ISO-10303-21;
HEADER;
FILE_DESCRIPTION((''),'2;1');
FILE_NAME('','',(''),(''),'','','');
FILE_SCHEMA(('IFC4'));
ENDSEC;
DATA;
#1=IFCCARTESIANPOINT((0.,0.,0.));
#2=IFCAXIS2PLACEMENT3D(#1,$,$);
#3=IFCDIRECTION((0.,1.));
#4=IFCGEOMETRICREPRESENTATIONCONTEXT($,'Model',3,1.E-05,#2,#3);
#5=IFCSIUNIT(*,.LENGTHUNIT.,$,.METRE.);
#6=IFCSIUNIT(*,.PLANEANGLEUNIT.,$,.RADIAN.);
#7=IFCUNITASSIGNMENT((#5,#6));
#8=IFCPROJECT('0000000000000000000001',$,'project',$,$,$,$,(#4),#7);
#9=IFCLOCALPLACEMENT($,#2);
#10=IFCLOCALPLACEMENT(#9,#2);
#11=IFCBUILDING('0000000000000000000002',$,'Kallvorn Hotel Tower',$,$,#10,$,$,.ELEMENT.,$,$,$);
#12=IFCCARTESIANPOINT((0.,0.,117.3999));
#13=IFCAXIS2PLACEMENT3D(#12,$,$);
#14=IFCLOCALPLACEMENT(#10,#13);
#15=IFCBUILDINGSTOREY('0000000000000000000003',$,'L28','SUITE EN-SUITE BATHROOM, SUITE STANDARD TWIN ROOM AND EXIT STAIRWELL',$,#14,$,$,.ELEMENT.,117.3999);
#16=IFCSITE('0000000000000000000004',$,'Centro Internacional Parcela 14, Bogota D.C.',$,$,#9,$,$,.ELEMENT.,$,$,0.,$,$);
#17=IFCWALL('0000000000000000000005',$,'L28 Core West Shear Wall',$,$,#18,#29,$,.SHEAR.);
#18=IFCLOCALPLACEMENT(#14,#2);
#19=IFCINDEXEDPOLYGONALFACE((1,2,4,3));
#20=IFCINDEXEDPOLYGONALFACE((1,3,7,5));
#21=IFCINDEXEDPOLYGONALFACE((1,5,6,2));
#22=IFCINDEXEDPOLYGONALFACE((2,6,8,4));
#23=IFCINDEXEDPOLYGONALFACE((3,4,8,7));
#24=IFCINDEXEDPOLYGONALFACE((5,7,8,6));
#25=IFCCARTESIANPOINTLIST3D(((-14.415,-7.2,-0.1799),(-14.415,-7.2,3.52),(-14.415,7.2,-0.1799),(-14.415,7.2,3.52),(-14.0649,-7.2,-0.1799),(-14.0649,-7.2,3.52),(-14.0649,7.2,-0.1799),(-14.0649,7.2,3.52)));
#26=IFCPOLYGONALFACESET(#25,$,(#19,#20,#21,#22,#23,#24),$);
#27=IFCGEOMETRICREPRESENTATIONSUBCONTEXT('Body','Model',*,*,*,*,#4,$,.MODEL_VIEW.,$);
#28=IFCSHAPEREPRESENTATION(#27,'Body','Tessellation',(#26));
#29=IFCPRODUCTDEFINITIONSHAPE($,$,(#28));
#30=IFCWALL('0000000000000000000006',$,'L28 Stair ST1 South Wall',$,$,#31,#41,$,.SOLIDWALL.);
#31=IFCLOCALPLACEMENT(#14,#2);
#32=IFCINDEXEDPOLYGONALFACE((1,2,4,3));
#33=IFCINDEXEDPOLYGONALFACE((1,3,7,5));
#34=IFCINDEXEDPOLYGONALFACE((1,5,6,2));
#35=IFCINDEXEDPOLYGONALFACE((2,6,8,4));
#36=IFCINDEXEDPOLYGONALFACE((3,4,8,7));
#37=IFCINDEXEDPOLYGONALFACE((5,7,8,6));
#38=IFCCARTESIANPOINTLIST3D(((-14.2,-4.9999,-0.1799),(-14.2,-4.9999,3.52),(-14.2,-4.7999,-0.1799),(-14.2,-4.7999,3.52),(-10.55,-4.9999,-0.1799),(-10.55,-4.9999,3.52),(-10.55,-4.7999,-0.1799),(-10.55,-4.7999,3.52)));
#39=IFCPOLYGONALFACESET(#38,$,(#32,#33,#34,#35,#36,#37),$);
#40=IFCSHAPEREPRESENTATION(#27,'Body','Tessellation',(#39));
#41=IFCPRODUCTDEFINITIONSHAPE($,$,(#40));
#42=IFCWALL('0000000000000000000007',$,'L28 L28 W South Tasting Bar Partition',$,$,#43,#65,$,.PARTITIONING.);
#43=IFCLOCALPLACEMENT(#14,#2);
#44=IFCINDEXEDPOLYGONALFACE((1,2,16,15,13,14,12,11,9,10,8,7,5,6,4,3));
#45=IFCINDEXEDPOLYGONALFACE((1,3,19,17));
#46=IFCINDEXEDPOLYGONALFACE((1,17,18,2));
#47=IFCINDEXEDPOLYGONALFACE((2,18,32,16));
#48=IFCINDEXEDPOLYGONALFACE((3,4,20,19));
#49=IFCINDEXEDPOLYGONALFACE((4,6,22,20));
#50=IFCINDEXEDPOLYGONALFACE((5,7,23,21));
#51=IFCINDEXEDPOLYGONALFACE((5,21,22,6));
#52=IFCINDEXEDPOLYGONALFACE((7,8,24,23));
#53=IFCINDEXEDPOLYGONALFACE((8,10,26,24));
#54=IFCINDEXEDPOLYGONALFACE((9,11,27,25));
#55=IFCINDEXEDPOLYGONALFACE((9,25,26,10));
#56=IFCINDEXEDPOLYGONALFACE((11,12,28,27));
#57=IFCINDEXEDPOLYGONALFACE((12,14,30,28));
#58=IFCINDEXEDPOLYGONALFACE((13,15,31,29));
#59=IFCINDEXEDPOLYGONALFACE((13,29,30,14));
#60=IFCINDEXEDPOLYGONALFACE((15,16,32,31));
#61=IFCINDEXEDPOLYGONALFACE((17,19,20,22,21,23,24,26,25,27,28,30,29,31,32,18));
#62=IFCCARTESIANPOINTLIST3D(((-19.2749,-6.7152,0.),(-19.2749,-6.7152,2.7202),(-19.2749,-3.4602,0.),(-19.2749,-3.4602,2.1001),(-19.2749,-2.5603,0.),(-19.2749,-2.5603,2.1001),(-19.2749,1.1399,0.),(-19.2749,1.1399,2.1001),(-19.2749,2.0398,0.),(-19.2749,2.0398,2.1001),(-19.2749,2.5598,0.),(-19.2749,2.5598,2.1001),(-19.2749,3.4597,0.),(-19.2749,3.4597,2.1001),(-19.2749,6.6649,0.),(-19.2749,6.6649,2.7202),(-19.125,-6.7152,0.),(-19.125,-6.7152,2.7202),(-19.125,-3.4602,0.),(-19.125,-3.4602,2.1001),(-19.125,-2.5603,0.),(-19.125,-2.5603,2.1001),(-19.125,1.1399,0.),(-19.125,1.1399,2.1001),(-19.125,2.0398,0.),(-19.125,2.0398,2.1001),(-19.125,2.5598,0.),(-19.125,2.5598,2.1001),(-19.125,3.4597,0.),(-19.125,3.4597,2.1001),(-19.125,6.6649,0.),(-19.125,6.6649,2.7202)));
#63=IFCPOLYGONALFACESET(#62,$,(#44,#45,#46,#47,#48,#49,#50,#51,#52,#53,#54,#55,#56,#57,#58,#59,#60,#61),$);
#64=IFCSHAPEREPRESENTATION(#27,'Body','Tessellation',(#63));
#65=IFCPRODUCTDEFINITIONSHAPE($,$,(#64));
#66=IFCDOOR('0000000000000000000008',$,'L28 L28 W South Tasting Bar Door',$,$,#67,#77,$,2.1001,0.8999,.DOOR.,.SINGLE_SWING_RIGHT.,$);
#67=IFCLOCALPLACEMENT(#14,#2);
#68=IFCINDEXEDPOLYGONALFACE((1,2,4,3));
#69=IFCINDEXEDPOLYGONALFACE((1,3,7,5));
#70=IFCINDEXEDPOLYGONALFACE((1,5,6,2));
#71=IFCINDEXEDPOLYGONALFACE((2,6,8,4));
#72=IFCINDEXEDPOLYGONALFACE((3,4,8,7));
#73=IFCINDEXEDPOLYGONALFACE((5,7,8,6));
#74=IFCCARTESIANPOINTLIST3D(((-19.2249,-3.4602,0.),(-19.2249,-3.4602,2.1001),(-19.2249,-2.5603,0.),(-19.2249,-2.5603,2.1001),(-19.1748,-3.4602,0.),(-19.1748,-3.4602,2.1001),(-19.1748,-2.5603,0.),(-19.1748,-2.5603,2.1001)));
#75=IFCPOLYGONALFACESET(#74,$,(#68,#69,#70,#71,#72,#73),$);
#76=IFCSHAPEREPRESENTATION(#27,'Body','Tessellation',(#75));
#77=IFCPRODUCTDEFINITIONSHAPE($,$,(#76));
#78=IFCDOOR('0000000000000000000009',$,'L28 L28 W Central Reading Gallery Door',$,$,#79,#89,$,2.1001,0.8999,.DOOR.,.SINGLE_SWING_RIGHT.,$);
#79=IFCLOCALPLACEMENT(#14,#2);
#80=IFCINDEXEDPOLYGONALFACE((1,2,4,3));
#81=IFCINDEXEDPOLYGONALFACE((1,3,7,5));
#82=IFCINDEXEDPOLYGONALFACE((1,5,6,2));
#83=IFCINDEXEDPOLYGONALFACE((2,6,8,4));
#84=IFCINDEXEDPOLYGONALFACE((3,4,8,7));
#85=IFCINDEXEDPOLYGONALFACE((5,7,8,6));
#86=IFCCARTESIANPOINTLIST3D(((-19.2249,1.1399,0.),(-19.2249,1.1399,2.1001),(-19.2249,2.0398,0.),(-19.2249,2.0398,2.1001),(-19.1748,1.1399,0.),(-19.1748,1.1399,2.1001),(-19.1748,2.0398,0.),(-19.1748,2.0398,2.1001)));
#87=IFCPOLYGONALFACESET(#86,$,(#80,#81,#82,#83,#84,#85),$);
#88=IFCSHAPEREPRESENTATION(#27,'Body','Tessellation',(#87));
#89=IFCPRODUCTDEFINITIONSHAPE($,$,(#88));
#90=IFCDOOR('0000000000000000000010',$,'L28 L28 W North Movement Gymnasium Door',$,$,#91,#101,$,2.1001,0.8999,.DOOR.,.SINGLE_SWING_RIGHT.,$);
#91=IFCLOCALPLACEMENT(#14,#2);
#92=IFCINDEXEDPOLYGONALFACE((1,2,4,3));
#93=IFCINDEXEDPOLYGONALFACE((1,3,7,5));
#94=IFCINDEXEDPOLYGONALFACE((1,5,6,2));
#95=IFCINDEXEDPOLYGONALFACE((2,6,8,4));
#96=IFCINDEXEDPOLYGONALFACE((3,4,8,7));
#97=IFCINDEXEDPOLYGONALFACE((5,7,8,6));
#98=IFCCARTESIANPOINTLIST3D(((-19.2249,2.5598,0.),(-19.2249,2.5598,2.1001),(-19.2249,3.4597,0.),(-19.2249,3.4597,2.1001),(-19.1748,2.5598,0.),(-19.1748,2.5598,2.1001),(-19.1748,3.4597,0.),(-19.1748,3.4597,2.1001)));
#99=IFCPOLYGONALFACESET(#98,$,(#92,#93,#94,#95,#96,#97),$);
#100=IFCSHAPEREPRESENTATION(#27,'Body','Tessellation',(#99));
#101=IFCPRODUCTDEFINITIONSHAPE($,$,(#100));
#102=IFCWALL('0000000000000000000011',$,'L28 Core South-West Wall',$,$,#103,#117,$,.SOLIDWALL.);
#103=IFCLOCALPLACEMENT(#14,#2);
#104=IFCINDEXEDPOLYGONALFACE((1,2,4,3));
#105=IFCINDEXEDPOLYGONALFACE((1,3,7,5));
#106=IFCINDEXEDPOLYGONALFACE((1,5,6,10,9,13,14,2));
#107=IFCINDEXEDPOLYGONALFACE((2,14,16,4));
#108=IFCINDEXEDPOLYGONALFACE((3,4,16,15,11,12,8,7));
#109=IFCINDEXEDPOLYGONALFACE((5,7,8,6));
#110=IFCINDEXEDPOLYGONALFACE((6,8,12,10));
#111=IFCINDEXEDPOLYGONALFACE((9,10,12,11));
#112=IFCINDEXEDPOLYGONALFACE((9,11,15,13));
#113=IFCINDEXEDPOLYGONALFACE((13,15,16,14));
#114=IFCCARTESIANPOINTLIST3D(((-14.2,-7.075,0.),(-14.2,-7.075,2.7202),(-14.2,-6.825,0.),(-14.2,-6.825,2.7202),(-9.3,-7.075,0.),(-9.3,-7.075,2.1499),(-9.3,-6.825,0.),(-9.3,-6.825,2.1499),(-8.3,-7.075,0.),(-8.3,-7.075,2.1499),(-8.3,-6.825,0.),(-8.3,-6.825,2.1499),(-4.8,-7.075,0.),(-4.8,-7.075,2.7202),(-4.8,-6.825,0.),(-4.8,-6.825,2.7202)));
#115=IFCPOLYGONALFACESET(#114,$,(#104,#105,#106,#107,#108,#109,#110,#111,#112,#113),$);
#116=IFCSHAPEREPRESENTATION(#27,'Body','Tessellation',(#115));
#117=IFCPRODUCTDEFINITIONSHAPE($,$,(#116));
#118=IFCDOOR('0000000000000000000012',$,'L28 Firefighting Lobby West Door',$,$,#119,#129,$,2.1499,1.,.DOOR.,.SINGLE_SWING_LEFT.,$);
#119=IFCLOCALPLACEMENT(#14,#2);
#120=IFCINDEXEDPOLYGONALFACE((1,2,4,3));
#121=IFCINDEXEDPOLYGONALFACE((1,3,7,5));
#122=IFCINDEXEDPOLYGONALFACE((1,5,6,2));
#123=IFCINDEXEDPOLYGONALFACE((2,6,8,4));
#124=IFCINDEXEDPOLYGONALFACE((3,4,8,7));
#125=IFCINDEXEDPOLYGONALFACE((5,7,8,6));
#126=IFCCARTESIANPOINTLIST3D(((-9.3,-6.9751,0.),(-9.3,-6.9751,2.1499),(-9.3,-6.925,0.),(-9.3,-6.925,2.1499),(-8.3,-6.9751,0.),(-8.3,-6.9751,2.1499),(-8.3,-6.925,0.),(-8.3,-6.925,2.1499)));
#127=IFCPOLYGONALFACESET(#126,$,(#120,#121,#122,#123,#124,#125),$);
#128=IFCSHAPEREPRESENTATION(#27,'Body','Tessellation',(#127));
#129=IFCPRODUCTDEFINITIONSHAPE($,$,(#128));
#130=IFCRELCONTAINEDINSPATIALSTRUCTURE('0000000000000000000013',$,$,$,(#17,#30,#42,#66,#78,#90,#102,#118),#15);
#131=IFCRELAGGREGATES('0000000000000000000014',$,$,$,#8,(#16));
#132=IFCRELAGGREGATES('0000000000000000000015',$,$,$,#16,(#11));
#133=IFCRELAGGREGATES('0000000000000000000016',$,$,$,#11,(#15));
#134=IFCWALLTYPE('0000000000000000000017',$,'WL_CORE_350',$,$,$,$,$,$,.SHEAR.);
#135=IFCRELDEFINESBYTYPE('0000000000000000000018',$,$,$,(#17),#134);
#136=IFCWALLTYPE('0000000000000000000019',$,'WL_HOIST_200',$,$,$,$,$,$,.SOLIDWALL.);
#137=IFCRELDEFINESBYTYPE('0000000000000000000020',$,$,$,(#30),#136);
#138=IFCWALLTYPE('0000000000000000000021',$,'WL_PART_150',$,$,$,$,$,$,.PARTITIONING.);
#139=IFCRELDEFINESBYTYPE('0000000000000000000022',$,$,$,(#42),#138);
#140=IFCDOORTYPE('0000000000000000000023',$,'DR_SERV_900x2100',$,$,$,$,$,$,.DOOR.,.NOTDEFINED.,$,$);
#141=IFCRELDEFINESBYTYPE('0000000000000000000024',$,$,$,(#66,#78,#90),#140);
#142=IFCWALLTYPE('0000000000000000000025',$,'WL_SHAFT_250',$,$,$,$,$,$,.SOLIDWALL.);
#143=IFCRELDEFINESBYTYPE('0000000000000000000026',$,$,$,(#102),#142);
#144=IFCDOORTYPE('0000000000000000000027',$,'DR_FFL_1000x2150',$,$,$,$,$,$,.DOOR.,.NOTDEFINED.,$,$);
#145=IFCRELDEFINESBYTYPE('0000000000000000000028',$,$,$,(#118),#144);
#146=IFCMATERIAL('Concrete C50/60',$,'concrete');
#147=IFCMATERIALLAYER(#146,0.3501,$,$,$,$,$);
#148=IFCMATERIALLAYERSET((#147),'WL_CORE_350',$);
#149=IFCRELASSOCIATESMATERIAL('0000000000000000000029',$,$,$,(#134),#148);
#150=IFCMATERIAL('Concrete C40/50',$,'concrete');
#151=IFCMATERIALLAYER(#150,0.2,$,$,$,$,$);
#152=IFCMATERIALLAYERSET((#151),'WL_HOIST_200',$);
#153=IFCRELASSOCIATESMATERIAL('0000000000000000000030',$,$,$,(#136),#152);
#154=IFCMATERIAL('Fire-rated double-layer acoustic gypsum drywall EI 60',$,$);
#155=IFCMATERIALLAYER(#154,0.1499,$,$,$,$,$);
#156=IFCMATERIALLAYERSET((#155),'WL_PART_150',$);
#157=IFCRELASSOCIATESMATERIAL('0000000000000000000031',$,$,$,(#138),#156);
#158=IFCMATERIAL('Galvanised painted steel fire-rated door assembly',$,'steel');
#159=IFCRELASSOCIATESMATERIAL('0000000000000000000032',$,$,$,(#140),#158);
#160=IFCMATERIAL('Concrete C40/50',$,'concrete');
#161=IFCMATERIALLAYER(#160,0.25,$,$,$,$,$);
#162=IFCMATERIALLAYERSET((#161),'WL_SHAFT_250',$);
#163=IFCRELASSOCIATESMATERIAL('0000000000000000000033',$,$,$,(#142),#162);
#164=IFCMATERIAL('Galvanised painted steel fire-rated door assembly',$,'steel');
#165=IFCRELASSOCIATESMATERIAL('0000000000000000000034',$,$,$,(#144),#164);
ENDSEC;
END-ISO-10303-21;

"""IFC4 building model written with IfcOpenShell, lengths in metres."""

from ifc_helpers import new_model, si_unit, direction, frame, frame_2d, origin, place, context, subcontext, project, spatial, rectangle, extrude, material, layer, layer_set, type_object, element, fill, save


model = new_model("IFC4")

# Units and contexts
model_context = context("Model", 3, precision=1e-05, world=origin(), true_north=direction((0.0, 1.0)))
body_context = subcontext(model_context, "Body", "Model", "MODEL_VIEW")
ifc_project = project(units=[si_unit("LENGTHUNIT", "METRE"), si_unit("PLANEANGLEUNIT", "RADIAN")], contexts=[model_context])

# Site, building, storey
site_placement = place(None, origin())
site = spatial("IfcSite", under=ifc_project, at=site_placement, Name="Centro Internacional Parcela 14, Bogota D.C.", CompositionType="ELEMENT", RefElevation=0.0)
building_placement = place(site_placement, origin())
building = spatial("IfcBuilding", under=site, at=building_placement, Name="Kallvorn Hotel Tower", CompositionType="ELEMENT")
storey_placement = place(building_placement, frame((0.0, 0.0, 117.3999)))
storey = spatial("IfcBuildingStorey", under=building, at=storey_placement, Name="L28", Description="SUITE EN-SUITE BATHROOM, SUITE STANDARD TWIN ROOM AND EXIT STAIRWELL", CompositionType="ELEMENT", Elevation=117.3999)

# Walls
ifc_material_1 = material(Name="Concrete C50/60", Category="concrete")
ifc_layer_1 = layer(ifc_material_1, 0.3501)
ifc_layer_set_1 = layer_set([ifc_layer_1], Name="WL_CORE_350")
wall_type_1 = type_object("IfcWallType", Name="WL_CORE_350", PredefinedType="SHEAR", material=ifc_layer_set_1)
wall_1_placement = place(storey_placement, frame((-14.24, -7.2, -0.1799), z_axis=(0.0, 0.0, 1.0), x_axis=(0.0, 1.0, 0.0)))
element("IfcWall", 1, at=wall_1_placement, inside=storey, type_object=wall_type_1, Name="L28 Core West Shear Wall", PredefinedType="SHEAR", context=body_context, shape_type="SweptSolid", body=[
    extrude(rectangle(XDim=14.3999, YDim=0.3501, at=frame_2d((7.2, 0.0))), origin(), (0.0, 0.0, 1.0), 3.7),
])
ifc_material_2 = material(Name="Concrete C40/50", Category="concrete")
ifc_layer_2 = layer(ifc_material_2, 0.2)
ifc_layer_set_2 = layer_set([ifc_layer_2], Name="WL_HOIST_200")
wall_type_2 = type_object("IfcWallType", Name="WL_HOIST_200", PredefinedType="SOLIDWALL", material=ifc_layer_set_2)
wall_2_placement = place(storey_placement, frame((-14.2, -4.8999, -0.1799), z_axis=(0.0, 0.0, 1.0), x_axis=(1.0, 0.0, 0.0)))
element("IfcWall", 2, at=wall_2_placement, inside=storey, type_object=wall_type_2, Name="L28 Stair ST1 South Wall", PredefinedType="SOLIDWALL", context=body_context, shape_type="SweptSolid", body=[
    extrude(rectangle(XDim=3.6499, YDim=0.2, at=frame_2d((1.825, 0.0))), origin(), (0.0, 0.0, 1.0), 3.7),
])

# Wall, openings, doors
ifc_material_3 = material(Name="Fire-rated double-layer acoustic gypsum drywall EI 60")
ifc_layer_3 = layer(ifc_material_3, 0.1499)
ifc_layer_set_3 = layer_set([ifc_layer_3], Name="WL_PART_150")
wall_type_3 = type_object("IfcWallType", Name="WL_PART_150", PredefinedType="PARTITIONING", material=ifc_layer_set_3)
wall_3_placement = place(storey_placement, frame((-19.2, -6.7151, 0.0), z_axis=(0.0, 0.0, 1.0), x_axis=(0.0, 1.0, 0.0)))
wall_3 = element("IfcWall", 3, at=wall_3_placement, inside=storey, type_object=wall_type_3, Name="L28 L28 W South Tasting Bar Partition", PredefinedType="PARTITIONING", context=body_context, shape_type="SweptSolid", body=[
    extrude(rectangle(XDim=13.3801, YDim=0.1499, at=frame_2d((6.6899, 0.0))), origin(), (0.0, 0.0, 1.0), 2.7202),
])
opening_1_placement = place(wall_3_placement, frame((3.2549, 0.0, 0.0)))
opening_1 = element("IfcOpeningElement", 4, at=opening_1_placement, cuts=wall_3, PredefinedType="OPENING", context=body_context, shape_type="SweptSolid", body=[
    extrude(rectangle(XDim=0.8999, YDim=2.1001, at=frame_2d((0.45, 1.05))), frame((0.0, 0.0898, 0.0), z_axis=(0.0, -1.0, 0.0), x_axis=(1.0, 0.0, 0.0)), (0.0, 0.0, 1.0), 0.1799),
])
opening_2_placement = place(wall_3_placement, frame((7.855, 0.0, 0.0)))
opening_2 = element("IfcOpeningElement", 5, at=opening_2_placement, cuts=wall_3, PredefinedType="OPENING", context=body_context, shape_type="SweptSolid", body=[
    extrude(rectangle(XDim=0.8999, YDim=2.1001, at=frame_2d((0.45, 1.05))), frame((0.0, 0.0898, 0.0), z_axis=(0.0, -1.0, 0.0), x_axis=(1.0, 0.0, 0.0)), (0.0, 0.0, 1.0), 0.1799),
])
opening_3_placement = place(wall_3_placement, frame((9.2749, 0.0, 0.0)))
opening_3 = element("IfcOpeningElement", 6, at=opening_3_placement, cuts=wall_3, PredefinedType="OPENING", context=body_context, shape_type="SweptSolid", body=[
    extrude(rectangle(XDim=0.8999, YDim=2.1001, at=frame_2d((0.45, 1.05))), frame((0.0, 0.0898, 0.0), z_axis=(0.0, -1.0, 0.0), x_axis=(1.0, 0.0, 0.0)), (0.0, 0.0, 1.0), 0.1799),
])
ifc_material_4 = material(Name="Galvanised painted steel fire-rated door assembly", Category="steel")
door_type_1 = type_object("IfcDoorType", Name="DR_SERV_900x2100", OperationType="NOTDEFINED", PredefinedType="DOOR", material=ifc_material_4)
door_1_placement = place(opening_1_placement, origin())
door_1 = element("IfcDoor", 7, at=door_1_placement, inside=storey, type_object=door_type_1, Name="L28 L28 W South Tasting Bar Door", OperationType="SINGLE_SWING_RIGHT", OverallHeight=2.1001, OverallWidth=0.8999, PredefinedType="DOOR", context=body_context, shape_type="SweptSolid", body=[
    extrude(rectangle(XDim=0.8999, YDim=2.1001, at=frame_2d((0.45, 1.05))), frame((0.0, 0.0249, 0.0), z_axis=(0.0, -1.0, 0.0), x_axis=(1.0, 0.0, 0.0)), (0.0, 0.0, 1.0), 0.05),
])
fill(opening_1, door_1)
door_2_placement = place(opening_2_placement, origin())
door_2 = element("IfcDoor", 8, at=door_2_placement, inside=storey, type_object=door_type_1, Name="L28 L28 W Central Reading Gallery Door", OperationType="SINGLE_SWING_RIGHT", OverallHeight=2.1001, OverallWidth=0.8999, PredefinedType="DOOR", context=body_context, shape_type="SweptSolid", body=[
    extrude(rectangle(XDim=0.8999, YDim=2.1001, at=frame_2d((0.45, 1.05))), frame((0.0, 0.0249, 0.0), z_axis=(0.0, -1.0, 0.0), x_axis=(1.0, 0.0, 0.0)), (0.0, 0.0, 1.0), 0.05),
])
fill(opening_2, door_2)
door_3_placement = place(opening_3_placement, origin())
door_3 = element("IfcDoor", 9, at=door_3_placement, inside=storey, type_object=door_type_1, Name="L28 L28 W North Movement Gymnasium Door", OperationType="SINGLE_SWING_RIGHT", OverallHeight=2.1001, OverallWidth=0.8999, PredefinedType="DOOR", context=body_context, shape_type="SweptSolid", body=[
    extrude(rectangle(XDim=0.8999, YDim=2.1001, at=frame_2d((0.45, 1.05))), frame((0.0, 0.0249, 0.0), z_axis=(0.0, -1.0, 0.0), x_axis=(1.0, 0.0, 0.0)), (0.0, 0.0, 1.0), 0.05),
])
fill(opening_3, door_3)

# Wall, opening, door
ifc_material_5 = material(Name="Concrete C40/50", Category="concrete")
ifc_layer_4 = layer(ifc_material_5, 0.25)
ifc_layer_set_4 = layer_set([ifc_layer_4], Name="WL_SHAFT_250")
wall_type_4 = type_object("IfcWallType", Name="WL_SHAFT_250", PredefinedType="SOLIDWALL", material=ifc_layer_set_4)
wall_4_placement = place(storey_placement, frame((-14.2, -6.95, 0.0), z_axis=(0.0, 0.0, 1.0), x_axis=(1.0, 0.0, 0.0)))
wall_4 = element("IfcWall", 10, at=wall_4_placement, inside=storey, type_object=wall_type_4, Name="L28 Core South-West Wall", PredefinedType="SOLIDWALL", context=body_context, shape_type="SweptSolid", body=[
    extrude(rectangle(XDim=9.3999, YDim=0.25, at=frame_2d((4.7, 0.0))), origin(), (0.0, 0.0, 1.0), 2.7202),
])
opening_4_placement = place(wall_4_placement, frame((4.8999, 0.0, 0.0)))
opening_4 = element("IfcOpeningElement", 11, at=opening_4_placement, cuts=wall_4, PredefinedType="OPENING", context=body_context, shape_type="SweptSolid", body=[
    extrude(rectangle(XDim=1.0, YDim=2.1499, at=frame_2d((0.5, 1.075))), frame((0.0, 0.1399, 0.0), z_axis=(0.0, -1.0, 0.0), x_axis=(1.0, 0.0, 0.0)), (0.0, 0.0, 1.0), 0.28),
])
ifc_material_6 = material(Name="Galvanised painted steel fire-rated door assembly", Category="steel")
door_type_2 = type_object("IfcDoorType", Name="DR_FFL_1000x2150", OperationType="NOTDEFINED", PredefinedType="DOOR", material=ifc_material_6)
door_4_placement = place(opening_4_placement, origin())
door_4 = element("IfcDoor", 12, at=door_4_placement, inside=storey, type_object=door_type_2, Name="L28 Firefighting Lobby West Door", OperationType="SINGLE_SWING_LEFT", OverallHeight=2.1499, OverallWidth=1.0, PredefinedType="DOOR", context=body_context, shape_type="SweptSolid", body=[
    extrude(rectangle(XDim=1.0, YDim=2.1499, at=frame_2d((0.5, 1.075))), frame((0.0, 0.0249, 0.0), z_axis=(0.0, -1.0, 0.0), x_axis=(1.0, 0.0, 0.0)), (0.0, 0.0, 1.0), 0.05),
])
fill(opening_4, door_4)

save(model, "model.ifc")
